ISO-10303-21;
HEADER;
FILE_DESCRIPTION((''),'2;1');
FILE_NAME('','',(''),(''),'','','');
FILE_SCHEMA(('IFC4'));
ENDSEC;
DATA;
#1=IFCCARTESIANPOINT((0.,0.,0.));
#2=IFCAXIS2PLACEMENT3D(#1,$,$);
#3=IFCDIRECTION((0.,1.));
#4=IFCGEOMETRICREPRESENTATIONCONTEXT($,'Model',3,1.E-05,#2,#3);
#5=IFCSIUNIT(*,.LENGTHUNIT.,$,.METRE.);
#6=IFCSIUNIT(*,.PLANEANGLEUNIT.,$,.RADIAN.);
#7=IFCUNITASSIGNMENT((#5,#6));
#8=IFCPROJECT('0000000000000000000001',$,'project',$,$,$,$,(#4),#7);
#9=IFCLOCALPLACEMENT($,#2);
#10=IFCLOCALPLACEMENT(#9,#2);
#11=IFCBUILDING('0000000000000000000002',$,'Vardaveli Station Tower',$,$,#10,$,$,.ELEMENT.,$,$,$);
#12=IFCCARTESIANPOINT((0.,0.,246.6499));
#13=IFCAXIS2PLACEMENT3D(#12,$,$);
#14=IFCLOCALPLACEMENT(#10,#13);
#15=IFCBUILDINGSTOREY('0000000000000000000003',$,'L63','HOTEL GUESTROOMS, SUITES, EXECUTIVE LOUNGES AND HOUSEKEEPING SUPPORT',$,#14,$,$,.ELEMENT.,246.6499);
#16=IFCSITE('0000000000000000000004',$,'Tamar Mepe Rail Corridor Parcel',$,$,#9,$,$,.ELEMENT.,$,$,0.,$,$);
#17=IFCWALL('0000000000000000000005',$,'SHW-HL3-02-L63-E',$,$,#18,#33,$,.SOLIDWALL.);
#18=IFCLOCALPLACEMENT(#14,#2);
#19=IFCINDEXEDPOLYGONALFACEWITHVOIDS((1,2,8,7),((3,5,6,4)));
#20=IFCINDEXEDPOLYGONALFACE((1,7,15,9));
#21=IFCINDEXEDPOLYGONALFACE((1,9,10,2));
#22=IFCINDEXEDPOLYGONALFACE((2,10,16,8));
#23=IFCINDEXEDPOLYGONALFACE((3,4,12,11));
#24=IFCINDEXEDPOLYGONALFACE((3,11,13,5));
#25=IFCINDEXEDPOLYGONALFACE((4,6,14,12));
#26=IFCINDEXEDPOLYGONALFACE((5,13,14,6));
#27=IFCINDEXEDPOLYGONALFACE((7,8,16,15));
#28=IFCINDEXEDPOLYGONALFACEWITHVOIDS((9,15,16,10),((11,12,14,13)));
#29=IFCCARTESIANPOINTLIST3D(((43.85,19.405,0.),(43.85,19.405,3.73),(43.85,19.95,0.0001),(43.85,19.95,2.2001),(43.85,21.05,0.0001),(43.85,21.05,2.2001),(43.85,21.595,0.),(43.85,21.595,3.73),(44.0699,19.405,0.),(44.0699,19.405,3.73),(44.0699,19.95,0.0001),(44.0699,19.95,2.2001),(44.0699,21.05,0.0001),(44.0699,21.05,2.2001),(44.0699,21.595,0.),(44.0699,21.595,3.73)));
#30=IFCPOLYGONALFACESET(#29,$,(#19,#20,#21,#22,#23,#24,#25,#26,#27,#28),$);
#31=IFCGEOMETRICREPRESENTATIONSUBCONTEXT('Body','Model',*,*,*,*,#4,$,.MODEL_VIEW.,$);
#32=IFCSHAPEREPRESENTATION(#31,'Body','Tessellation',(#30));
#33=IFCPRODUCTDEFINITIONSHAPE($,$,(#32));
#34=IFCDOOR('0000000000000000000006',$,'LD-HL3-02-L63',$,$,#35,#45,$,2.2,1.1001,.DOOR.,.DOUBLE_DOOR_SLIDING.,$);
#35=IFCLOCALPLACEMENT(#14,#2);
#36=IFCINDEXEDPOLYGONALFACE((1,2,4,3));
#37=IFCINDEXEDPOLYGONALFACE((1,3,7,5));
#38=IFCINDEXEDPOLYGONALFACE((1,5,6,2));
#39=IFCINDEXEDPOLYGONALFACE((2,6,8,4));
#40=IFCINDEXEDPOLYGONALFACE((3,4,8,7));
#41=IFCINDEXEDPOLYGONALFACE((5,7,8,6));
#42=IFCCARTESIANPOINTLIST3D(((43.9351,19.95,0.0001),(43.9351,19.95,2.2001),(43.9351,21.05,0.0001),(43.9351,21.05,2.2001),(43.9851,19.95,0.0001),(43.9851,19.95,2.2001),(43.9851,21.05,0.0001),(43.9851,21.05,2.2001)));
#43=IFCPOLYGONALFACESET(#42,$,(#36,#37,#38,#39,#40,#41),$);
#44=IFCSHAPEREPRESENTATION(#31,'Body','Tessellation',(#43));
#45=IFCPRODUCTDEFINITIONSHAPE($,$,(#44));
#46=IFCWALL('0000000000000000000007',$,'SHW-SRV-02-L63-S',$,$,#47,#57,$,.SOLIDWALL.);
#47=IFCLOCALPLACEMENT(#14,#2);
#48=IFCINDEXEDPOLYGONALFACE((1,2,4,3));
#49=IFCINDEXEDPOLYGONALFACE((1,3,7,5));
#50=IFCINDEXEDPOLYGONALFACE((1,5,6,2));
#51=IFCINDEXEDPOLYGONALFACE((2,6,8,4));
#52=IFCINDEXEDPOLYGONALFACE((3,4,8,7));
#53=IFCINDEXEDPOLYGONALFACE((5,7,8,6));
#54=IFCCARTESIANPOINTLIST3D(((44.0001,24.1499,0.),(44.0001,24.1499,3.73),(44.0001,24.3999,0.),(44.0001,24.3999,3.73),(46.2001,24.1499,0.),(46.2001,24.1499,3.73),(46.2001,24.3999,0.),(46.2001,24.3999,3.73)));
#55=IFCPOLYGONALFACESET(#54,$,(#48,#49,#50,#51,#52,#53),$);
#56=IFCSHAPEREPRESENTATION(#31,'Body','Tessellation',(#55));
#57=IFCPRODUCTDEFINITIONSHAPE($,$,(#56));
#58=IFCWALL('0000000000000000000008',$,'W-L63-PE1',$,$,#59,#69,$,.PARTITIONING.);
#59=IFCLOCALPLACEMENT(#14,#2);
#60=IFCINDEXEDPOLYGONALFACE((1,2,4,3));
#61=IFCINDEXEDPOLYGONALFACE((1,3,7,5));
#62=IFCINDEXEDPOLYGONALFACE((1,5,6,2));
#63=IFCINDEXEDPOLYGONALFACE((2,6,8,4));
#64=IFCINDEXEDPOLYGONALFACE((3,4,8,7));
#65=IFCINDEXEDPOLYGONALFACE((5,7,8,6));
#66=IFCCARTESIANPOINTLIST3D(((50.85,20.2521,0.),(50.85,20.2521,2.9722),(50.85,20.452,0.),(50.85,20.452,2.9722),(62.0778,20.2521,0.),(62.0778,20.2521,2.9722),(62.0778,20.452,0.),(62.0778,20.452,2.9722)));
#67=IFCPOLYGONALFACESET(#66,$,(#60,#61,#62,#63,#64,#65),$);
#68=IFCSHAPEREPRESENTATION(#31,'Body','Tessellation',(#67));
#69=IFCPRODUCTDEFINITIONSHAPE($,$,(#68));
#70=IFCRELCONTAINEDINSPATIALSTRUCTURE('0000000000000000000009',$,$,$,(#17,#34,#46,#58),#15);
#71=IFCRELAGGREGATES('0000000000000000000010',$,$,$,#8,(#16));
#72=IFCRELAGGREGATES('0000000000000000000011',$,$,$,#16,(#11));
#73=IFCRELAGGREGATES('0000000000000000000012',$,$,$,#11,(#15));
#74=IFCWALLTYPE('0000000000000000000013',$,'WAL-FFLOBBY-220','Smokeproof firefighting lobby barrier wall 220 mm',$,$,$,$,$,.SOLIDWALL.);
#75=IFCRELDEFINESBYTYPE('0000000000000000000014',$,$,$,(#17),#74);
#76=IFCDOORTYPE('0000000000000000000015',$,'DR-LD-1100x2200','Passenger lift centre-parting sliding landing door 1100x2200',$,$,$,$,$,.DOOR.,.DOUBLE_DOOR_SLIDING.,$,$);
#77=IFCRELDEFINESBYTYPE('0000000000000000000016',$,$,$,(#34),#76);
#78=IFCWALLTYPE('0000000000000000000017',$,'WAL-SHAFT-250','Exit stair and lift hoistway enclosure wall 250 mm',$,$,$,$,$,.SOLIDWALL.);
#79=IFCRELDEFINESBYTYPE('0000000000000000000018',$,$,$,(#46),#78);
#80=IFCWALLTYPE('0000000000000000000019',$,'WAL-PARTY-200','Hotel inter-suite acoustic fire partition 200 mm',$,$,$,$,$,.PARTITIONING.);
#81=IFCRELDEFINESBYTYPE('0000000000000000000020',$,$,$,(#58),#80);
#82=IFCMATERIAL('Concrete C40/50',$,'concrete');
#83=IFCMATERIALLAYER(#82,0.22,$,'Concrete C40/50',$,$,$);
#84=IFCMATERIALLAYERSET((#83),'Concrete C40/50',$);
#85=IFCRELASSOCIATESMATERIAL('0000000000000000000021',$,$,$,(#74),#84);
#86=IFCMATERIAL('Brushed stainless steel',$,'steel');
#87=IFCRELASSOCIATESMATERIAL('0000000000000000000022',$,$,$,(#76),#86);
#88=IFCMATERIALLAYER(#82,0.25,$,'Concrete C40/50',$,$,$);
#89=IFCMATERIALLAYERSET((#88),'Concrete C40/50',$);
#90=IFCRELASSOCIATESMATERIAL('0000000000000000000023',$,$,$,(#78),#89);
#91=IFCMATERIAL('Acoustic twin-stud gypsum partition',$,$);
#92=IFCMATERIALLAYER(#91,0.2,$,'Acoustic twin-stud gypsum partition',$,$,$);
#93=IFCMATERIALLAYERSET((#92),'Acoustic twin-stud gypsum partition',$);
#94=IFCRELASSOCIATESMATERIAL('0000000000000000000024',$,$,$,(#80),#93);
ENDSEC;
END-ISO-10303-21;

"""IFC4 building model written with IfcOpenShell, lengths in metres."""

from ifc_helpers import new_model, si_unit, direction, frame, frame_2d, origin, place, context, subcontext, project, spatial, rectangle, extrude, source, transform, mapped, material, layer, layer_set, type_object, element, fill, save


model = new_model("IFC4")

# Units and contexts
model_context = context("Model", 3, precision=1e-05, world=origin(), true_north=direction((0.0, 1.0)))
body_context = subcontext(model_context, "Body", "Model", "MODEL_VIEW")
ifc_project = project(units=[si_unit("LENGTHUNIT", "METRE"), si_unit("PLANEANGLEUNIT", "RADIAN")], contexts=[model_context])

# Site, building, storey
site_placement = place(None, origin())
site = spatial("IfcSite", under=ifc_project, at=site_placement, Name="Tamar Mepe Rail Corridor Parcel", CompositionType="ELEMENT", RefElevation=0.0)
building_placement = place(site_placement, origin())
building = spatial("IfcBuilding", under=site, at=building_placement, Name="Vardaveli Station Tower", CompositionType="ELEMENT")
storey_placement = place(building_placement, frame((0.0, 0.0, 246.6499)))
storey = spatial("IfcBuildingStorey", under=building, at=storey_placement, Name="L63", Description="HOTEL GUESTROOMS, SUITES, EXECUTIVE LOUNGES AND HOUSEKEEPING SUPPORT", CompositionType="ELEMENT", Elevation=246.6499)

# Wall, opening, door
ifc_material_1 = material(Name="Concrete C40/50", Category="concrete")
ifc_layer_1 = layer(ifc_material_1, 0.22, Name="Concrete C40/50")
ifc_layer_set_1 = layer_set([ifc_layer_1], Name="Concrete C40/50")
wall_type_1 = type_object("IfcWallType", Name="WAL-FFLOBBY-220", Description="Smokeproof firefighting lobby barrier wall 220 mm", PredefinedType="SOLIDWALL", material=ifc_layer_set_1)
shared_shape_1 = source(origin(), body_context, "Body", "SweptSolid", [
    extrude(rectangle(XDim=2.1899, YDim=0.22, at=frame_2d((1.095, 0.0))), origin(), (0.0, 0.0, 1.0), 3.73),
])
shared_shape_2 = source(origin(), body_context, "Body", "SweptSolid", [
    extrude(rectangle(XDim=1.1001, YDim=2.2, at=frame_2d((0.55, 1.1001))), frame((0.0, 0.1201, 0.0), z_axis=(0.0, -1.0, 0.0), x_axis=(1.0, 0.0, 0.0)), (0.0, 0.0, 1.0), 0.24),
])
ifc_material_2 = material(Name="Brushed stainless steel", Category="steel")
door_type = type_object("IfcDoorType", Name="DR-LD-1100x2200", Description="Passenger lift centre-parting sliding landing door 1100x2200", OperationType="DOUBLE_DOOR_SLIDING", PredefinedType="DOOR", material=ifc_material_2)
shared_shape_3 = source(origin(), body_context, "Body", "SweptSolid", [
    extrude(rectangle(XDim=1.1001, YDim=2.2, at=frame_2d((0.55, 1.1001))), frame((0.0, 0.0249, 0.0), z_axis=(0.0, -1.0, 0.0), x_axis=(1.0, 0.0, 0.0)), (0.0, 0.0, 1.0), 0.05),
])
wall_1_placement = place(storey_placement, frame((43.96, 19.405, 0.0), z_axis=(0.0, 0.0, 1.0), x_axis=(0.0, 1.0, 0.0)))
wall_1 = element("IfcWall", 1, at=wall_1_placement, inside=storey, type_object=wall_type_1, Name="SHW-HL3-02-L63-E", PredefinedType="SOLIDWALL", context=body_context, shape_type="MappedRepresentation", body=[
    mapped(shared_shape_1, transform((0.0, 0.0, 0.0), scale=1.0)),
])
opening_1_placement = place(wall_1_placement, frame((0.5449, 0.0, 0.0)))
opening_1 = element("IfcOpeningElement", 2, at=opening_1_placement, cuts=wall_1, PredefinedType="OPENING", context=body_context, shape_type="MappedRepresentation", body=[
    mapped(shared_shape_2, transform((0.0, 0.0, 0.0), scale=1.0)),
])
door_1_placement = place(opening_1_placement, origin())
door_1 = element("IfcDoor", 3, at=door_1_placement, inside=storey, type_object=door_type, Name="LD-HL3-02-L63", OperationType="DOUBLE_DOOR_SLIDING", OverallHeight=2.2, OverallWidth=1.1001, PredefinedType="DOOR", context=body_context, shape_type="MappedRepresentation", body=[
    mapped(shared_shape_3, transform((0.0, 0.0, 0.0), scale=1.0)),
])
fill(opening_1, door_1)

# Walls
ifc_layer_2 = layer(ifc_material_1, 0.25, Name="Concrete C40/50")
ifc_layer_set_2 = layer_set([ifc_layer_2], Name="Concrete C40/50")
wall_type_2 = type_object("IfcWallType", Name="WAL-SHAFT-250", Description="Exit stair and lift hoistway enclosure wall 250 mm", PredefinedType="SOLIDWALL", material=ifc_layer_set_2)
shared_shape_4 = source(origin(), body_context, "Body", "SweptSolid", [
    extrude(rectangle(XDim=2.2, YDim=0.25, at=frame_2d((1.1001, 0.0))), origin(), (0.0, 0.0, 1.0), 3.73),
])
wall_2_placement = place(storey_placement, frame((44.0, 24.2749, 0.0), z_axis=(0.0, 0.0, 1.0), x_axis=(1.0, 0.0, 0.0)))
element("IfcWall", 4, at=wall_2_placement, inside=storey, type_object=wall_type_2, Name="SHW-SRV-02-L63-S", PredefinedType="SOLIDWALL", context=body_context, shape_type="MappedRepresentation", body=[
    mapped(shared_shape_4, transform((0.0, 0.0, 0.0), scale=1.0)),
])
ifc_material_3 = material(Name="Acoustic twin-stud gypsum partition")
ifc_layer_3 = layer(ifc_material_3, 0.2, Name="Acoustic twin-stud gypsum partition")
ifc_layer_set_3 = layer_set([ifc_layer_3], Name="Acoustic twin-stud gypsum partition")
wall_type_3 = type_object("IfcWallType", Name="WAL-PARTY-200", Description="Hotel inter-suite acoustic fire partition 200 mm", PredefinedType="PARTITIONING", material=ifc_layer_set_3)
shared_shape_5 = source(origin(), body_context, "Body", "SweptSolid", [
    extrude(rectangle(XDim=11.2278, YDim=0.2, at=frame_2d((5.6138, 0.0))), origin(), (0.0, 0.0, 1.0), 2.9722),
])
wall_3_placement = place(storey_placement, frame((50.8501, 20.3521, 0.0), z_axis=(0.0, 0.0, 1.0), x_axis=(1.0, 0.0, 0.0)))
element("IfcWall", 5, at=wall_3_placement, inside=storey, type_object=wall_type_3, Name="W-L63-PE1", PredefinedType="PARTITIONING", context=body_context, shape_type="MappedRepresentation", body=[
    mapped(shared_shape_5, transform((0.0, 0.0, 0.0), scale=1.0)),
])

save(model, "model.ifc")
